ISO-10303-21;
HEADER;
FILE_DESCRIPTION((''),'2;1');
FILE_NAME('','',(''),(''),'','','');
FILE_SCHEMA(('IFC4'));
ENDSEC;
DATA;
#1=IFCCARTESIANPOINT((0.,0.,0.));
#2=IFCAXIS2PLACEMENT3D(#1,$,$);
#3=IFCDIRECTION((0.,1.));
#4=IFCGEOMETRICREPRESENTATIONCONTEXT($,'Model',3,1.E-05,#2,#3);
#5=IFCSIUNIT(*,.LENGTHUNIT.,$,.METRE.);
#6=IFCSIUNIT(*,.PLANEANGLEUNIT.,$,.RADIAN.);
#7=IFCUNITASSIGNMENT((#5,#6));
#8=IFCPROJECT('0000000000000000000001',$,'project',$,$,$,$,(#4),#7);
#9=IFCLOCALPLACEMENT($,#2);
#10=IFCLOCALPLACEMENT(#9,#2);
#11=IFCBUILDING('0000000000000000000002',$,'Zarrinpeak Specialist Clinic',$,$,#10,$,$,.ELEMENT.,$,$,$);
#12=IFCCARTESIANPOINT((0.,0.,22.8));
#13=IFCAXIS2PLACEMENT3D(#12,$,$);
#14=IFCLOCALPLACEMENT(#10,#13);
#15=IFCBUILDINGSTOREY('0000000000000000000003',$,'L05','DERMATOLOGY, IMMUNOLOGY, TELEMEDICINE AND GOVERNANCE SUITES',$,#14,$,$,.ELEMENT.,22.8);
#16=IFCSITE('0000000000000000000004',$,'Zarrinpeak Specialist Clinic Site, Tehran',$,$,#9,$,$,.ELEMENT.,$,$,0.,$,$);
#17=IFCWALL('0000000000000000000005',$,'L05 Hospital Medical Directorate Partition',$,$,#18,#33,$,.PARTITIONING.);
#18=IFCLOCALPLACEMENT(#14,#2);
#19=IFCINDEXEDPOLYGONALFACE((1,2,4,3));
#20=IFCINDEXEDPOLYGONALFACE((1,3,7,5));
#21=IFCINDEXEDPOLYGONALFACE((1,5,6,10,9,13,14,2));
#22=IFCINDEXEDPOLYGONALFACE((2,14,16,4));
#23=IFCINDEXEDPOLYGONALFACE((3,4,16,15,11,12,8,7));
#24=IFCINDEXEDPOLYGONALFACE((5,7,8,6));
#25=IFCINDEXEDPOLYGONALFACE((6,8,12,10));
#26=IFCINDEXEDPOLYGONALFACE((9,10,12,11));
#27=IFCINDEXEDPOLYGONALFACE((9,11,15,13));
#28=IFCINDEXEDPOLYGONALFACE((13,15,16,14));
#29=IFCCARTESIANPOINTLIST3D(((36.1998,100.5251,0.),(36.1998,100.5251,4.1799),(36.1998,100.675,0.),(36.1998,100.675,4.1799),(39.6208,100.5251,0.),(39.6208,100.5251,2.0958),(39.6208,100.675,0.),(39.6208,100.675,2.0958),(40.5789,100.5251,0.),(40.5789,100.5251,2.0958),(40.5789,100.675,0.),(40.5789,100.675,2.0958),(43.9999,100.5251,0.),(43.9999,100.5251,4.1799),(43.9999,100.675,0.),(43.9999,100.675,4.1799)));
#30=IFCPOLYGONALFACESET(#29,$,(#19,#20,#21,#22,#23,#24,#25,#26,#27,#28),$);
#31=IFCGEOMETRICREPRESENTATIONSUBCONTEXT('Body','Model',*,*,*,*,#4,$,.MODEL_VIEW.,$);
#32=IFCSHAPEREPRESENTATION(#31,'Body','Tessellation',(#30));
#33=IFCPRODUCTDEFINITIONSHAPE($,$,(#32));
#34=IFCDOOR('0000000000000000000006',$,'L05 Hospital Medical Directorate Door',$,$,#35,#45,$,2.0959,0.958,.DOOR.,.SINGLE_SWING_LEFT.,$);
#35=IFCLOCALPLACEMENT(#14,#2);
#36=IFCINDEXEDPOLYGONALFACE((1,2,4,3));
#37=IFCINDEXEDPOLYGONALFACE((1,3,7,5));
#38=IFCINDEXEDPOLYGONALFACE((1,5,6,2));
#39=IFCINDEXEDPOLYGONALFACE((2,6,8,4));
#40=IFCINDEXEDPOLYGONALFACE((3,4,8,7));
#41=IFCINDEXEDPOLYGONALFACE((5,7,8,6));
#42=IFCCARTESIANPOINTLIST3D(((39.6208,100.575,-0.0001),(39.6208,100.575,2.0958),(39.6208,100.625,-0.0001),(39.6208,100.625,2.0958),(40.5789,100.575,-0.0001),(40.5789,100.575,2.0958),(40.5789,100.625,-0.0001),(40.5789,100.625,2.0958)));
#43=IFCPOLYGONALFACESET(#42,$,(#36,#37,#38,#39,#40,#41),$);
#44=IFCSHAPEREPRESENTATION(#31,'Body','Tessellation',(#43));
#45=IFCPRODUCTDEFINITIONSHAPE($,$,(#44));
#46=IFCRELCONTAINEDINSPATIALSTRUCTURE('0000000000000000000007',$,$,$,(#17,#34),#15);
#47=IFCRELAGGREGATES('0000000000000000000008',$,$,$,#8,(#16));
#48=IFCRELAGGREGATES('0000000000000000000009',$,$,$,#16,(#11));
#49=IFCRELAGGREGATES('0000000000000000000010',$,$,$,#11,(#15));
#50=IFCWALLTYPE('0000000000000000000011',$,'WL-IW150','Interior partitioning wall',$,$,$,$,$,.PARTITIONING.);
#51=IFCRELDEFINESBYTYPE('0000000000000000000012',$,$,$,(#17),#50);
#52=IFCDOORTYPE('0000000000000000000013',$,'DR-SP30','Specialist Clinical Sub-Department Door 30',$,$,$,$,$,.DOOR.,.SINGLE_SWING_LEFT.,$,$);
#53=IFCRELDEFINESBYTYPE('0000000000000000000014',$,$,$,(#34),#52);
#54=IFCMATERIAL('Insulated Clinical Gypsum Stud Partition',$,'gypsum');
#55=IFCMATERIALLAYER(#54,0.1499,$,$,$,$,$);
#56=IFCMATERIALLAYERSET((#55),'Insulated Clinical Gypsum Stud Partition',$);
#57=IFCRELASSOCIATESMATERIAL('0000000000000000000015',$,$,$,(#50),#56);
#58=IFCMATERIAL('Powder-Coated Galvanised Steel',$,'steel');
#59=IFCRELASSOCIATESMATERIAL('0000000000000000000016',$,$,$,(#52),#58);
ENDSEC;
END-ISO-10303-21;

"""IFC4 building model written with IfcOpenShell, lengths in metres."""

from ifc_helpers import new_model, si_unit, direction, frame, frame_2d, origin, place, context, subcontext, project, spatial, rectangle, extrude, material, layer, layer_set, type_object, element, fill, save


model = new_model("IFC4")

# Units and contexts
model_context = context("Model", 3, precision=1e-05, world=origin(), true_north=direction((0.0, 1.0)))
body_context = subcontext(model_context, "Body", "Model", "MODEL_VIEW")
ifc_project = project(units=[si_unit("LENGTHUNIT", "METRE"), si_unit("PLANEANGLEUNIT", "RADIAN")], contexts=[model_context])

# Site, building, storey
site_placement = place(None, origin())
site = spatial("IfcSite", under=ifc_project, at=site_placement, Name="Zarrinpeak Specialist Clinic Site, Tehran", CompositionType="ELEMENT", RefElevation=0.0)
building_placement = place(site_placement, origin())
building = spatial("IfcBuilding", under=site, at=building_placement, Name="Zarrinpeak Specialist Clinic", CompositionType="ELEMENT")
storey_placement = place(building_placement, frame((0.0, 0.0, 22.8)))
storey = spatial("IfcBuildingStorey", under=building, at=storey_placement, Name="L05", Description="DERMATOLOGY, IMMUNOLOGY, TELEMEDICINE AND GOVERNANCE SUITES", CompositionType="ELEMENT", Elevation=22.8)

# Shared definitions
ifc_material_1 = material(Name="Powder-Coated Galvanised Steel", Category="steel")

# Wall, opening, door
ifc_material_2 = material(Name="Insulated Clinical Gypsum Stud Partition", Category="gypsum")
ifc_layer_1 = layer(ifc_material_2, 0.1499)
ifc_layer_set_1 = layer_set([ifc_layer_1], Name="Insulated Clinical Gypsum Stud Partition")
wall_type_1 = type_object("IfcWallType", Name="WL-IW150", Description="Interior partitioning wall", PredefinedType="PARTITIONING", material=ifc_layer_set_1)
wall_1_placement = place(storey_placement, frame((36.2, 100.6001, 0.0), z_axis=(0.0, 0.0, 1.0), x_axis=(1.0, 0.0, 0.0)))
wall_1 = element("IfcWall", 1, at=wall_1_placement, inside=storey, type_object=wall_type_1, Name="L05 Hospital Medical Directorate Partition", PredefinedType="PARTITIONING", context=body_context, shape_type="SweptSolid", body=[
    extrude(rectangle(XDim=7.8, YDim=0.1499, at=frame_2d((3.8999, 0.0))), origin(), (0.0, 0.0, 1.0), 4.1799),
])
opening_1_placement = place(wall_1_placement, frame((3.4209, 0.0, 0.0)))
opening_1 = element("IfcOpeningElement", 2, at=opening_1_placement, cuts=wall_1, PredefinedType="OPENING", context=body_context, shape_type="SweptSolid", body=[
    extrude(rectangle(XDim=0.958, YDim=2.0959, at=frame_2d((0.479, 1.0479))), frame((0.0, 0.085, 0.0), z_axis=(0.0, -1.0, 0.0), x_axis=(1.0, 0.0, 0.0)), (0.0, 0.0, 1.0), 0.1699),
])
door_type_1 = type_object("IfcDoorType", Name="DR-SP30", Description="Specialist Clinical Sub-Department Door 30", OperationType="SINGLE_SWING_LEFT", PredefinedType="DOOR", material=ifc_material_1)
door_1_placement = place(opening_1_placement, origin())
door_1 = element("IfcDoor", 3, at=door_1_placement, inside=storey, type_object=door_type_1, Name="L05 Hospital Medical Directorate Door", OperationType="SINGLE_SWING_LEFT", OverallHeight=2.0959, OverallWidth=0.958, PredefinedType="DOOR", context=body_context, shape_type="SweptSolid", body=[
    extrude(rectangle(XDim=0.958, YDim=2.0959, at=frame_2d((0.479, 1.0479))), frame((0.0, 0.0249, 0.0), z_axis=(0.0, -1.0, 0.0), x_axis=(1.0, 0.0, 0.0)), (0.0, 0.0, 1.0), 0.05),
])
fill(opening_1, door_1)

save(model, "model.ifc")
